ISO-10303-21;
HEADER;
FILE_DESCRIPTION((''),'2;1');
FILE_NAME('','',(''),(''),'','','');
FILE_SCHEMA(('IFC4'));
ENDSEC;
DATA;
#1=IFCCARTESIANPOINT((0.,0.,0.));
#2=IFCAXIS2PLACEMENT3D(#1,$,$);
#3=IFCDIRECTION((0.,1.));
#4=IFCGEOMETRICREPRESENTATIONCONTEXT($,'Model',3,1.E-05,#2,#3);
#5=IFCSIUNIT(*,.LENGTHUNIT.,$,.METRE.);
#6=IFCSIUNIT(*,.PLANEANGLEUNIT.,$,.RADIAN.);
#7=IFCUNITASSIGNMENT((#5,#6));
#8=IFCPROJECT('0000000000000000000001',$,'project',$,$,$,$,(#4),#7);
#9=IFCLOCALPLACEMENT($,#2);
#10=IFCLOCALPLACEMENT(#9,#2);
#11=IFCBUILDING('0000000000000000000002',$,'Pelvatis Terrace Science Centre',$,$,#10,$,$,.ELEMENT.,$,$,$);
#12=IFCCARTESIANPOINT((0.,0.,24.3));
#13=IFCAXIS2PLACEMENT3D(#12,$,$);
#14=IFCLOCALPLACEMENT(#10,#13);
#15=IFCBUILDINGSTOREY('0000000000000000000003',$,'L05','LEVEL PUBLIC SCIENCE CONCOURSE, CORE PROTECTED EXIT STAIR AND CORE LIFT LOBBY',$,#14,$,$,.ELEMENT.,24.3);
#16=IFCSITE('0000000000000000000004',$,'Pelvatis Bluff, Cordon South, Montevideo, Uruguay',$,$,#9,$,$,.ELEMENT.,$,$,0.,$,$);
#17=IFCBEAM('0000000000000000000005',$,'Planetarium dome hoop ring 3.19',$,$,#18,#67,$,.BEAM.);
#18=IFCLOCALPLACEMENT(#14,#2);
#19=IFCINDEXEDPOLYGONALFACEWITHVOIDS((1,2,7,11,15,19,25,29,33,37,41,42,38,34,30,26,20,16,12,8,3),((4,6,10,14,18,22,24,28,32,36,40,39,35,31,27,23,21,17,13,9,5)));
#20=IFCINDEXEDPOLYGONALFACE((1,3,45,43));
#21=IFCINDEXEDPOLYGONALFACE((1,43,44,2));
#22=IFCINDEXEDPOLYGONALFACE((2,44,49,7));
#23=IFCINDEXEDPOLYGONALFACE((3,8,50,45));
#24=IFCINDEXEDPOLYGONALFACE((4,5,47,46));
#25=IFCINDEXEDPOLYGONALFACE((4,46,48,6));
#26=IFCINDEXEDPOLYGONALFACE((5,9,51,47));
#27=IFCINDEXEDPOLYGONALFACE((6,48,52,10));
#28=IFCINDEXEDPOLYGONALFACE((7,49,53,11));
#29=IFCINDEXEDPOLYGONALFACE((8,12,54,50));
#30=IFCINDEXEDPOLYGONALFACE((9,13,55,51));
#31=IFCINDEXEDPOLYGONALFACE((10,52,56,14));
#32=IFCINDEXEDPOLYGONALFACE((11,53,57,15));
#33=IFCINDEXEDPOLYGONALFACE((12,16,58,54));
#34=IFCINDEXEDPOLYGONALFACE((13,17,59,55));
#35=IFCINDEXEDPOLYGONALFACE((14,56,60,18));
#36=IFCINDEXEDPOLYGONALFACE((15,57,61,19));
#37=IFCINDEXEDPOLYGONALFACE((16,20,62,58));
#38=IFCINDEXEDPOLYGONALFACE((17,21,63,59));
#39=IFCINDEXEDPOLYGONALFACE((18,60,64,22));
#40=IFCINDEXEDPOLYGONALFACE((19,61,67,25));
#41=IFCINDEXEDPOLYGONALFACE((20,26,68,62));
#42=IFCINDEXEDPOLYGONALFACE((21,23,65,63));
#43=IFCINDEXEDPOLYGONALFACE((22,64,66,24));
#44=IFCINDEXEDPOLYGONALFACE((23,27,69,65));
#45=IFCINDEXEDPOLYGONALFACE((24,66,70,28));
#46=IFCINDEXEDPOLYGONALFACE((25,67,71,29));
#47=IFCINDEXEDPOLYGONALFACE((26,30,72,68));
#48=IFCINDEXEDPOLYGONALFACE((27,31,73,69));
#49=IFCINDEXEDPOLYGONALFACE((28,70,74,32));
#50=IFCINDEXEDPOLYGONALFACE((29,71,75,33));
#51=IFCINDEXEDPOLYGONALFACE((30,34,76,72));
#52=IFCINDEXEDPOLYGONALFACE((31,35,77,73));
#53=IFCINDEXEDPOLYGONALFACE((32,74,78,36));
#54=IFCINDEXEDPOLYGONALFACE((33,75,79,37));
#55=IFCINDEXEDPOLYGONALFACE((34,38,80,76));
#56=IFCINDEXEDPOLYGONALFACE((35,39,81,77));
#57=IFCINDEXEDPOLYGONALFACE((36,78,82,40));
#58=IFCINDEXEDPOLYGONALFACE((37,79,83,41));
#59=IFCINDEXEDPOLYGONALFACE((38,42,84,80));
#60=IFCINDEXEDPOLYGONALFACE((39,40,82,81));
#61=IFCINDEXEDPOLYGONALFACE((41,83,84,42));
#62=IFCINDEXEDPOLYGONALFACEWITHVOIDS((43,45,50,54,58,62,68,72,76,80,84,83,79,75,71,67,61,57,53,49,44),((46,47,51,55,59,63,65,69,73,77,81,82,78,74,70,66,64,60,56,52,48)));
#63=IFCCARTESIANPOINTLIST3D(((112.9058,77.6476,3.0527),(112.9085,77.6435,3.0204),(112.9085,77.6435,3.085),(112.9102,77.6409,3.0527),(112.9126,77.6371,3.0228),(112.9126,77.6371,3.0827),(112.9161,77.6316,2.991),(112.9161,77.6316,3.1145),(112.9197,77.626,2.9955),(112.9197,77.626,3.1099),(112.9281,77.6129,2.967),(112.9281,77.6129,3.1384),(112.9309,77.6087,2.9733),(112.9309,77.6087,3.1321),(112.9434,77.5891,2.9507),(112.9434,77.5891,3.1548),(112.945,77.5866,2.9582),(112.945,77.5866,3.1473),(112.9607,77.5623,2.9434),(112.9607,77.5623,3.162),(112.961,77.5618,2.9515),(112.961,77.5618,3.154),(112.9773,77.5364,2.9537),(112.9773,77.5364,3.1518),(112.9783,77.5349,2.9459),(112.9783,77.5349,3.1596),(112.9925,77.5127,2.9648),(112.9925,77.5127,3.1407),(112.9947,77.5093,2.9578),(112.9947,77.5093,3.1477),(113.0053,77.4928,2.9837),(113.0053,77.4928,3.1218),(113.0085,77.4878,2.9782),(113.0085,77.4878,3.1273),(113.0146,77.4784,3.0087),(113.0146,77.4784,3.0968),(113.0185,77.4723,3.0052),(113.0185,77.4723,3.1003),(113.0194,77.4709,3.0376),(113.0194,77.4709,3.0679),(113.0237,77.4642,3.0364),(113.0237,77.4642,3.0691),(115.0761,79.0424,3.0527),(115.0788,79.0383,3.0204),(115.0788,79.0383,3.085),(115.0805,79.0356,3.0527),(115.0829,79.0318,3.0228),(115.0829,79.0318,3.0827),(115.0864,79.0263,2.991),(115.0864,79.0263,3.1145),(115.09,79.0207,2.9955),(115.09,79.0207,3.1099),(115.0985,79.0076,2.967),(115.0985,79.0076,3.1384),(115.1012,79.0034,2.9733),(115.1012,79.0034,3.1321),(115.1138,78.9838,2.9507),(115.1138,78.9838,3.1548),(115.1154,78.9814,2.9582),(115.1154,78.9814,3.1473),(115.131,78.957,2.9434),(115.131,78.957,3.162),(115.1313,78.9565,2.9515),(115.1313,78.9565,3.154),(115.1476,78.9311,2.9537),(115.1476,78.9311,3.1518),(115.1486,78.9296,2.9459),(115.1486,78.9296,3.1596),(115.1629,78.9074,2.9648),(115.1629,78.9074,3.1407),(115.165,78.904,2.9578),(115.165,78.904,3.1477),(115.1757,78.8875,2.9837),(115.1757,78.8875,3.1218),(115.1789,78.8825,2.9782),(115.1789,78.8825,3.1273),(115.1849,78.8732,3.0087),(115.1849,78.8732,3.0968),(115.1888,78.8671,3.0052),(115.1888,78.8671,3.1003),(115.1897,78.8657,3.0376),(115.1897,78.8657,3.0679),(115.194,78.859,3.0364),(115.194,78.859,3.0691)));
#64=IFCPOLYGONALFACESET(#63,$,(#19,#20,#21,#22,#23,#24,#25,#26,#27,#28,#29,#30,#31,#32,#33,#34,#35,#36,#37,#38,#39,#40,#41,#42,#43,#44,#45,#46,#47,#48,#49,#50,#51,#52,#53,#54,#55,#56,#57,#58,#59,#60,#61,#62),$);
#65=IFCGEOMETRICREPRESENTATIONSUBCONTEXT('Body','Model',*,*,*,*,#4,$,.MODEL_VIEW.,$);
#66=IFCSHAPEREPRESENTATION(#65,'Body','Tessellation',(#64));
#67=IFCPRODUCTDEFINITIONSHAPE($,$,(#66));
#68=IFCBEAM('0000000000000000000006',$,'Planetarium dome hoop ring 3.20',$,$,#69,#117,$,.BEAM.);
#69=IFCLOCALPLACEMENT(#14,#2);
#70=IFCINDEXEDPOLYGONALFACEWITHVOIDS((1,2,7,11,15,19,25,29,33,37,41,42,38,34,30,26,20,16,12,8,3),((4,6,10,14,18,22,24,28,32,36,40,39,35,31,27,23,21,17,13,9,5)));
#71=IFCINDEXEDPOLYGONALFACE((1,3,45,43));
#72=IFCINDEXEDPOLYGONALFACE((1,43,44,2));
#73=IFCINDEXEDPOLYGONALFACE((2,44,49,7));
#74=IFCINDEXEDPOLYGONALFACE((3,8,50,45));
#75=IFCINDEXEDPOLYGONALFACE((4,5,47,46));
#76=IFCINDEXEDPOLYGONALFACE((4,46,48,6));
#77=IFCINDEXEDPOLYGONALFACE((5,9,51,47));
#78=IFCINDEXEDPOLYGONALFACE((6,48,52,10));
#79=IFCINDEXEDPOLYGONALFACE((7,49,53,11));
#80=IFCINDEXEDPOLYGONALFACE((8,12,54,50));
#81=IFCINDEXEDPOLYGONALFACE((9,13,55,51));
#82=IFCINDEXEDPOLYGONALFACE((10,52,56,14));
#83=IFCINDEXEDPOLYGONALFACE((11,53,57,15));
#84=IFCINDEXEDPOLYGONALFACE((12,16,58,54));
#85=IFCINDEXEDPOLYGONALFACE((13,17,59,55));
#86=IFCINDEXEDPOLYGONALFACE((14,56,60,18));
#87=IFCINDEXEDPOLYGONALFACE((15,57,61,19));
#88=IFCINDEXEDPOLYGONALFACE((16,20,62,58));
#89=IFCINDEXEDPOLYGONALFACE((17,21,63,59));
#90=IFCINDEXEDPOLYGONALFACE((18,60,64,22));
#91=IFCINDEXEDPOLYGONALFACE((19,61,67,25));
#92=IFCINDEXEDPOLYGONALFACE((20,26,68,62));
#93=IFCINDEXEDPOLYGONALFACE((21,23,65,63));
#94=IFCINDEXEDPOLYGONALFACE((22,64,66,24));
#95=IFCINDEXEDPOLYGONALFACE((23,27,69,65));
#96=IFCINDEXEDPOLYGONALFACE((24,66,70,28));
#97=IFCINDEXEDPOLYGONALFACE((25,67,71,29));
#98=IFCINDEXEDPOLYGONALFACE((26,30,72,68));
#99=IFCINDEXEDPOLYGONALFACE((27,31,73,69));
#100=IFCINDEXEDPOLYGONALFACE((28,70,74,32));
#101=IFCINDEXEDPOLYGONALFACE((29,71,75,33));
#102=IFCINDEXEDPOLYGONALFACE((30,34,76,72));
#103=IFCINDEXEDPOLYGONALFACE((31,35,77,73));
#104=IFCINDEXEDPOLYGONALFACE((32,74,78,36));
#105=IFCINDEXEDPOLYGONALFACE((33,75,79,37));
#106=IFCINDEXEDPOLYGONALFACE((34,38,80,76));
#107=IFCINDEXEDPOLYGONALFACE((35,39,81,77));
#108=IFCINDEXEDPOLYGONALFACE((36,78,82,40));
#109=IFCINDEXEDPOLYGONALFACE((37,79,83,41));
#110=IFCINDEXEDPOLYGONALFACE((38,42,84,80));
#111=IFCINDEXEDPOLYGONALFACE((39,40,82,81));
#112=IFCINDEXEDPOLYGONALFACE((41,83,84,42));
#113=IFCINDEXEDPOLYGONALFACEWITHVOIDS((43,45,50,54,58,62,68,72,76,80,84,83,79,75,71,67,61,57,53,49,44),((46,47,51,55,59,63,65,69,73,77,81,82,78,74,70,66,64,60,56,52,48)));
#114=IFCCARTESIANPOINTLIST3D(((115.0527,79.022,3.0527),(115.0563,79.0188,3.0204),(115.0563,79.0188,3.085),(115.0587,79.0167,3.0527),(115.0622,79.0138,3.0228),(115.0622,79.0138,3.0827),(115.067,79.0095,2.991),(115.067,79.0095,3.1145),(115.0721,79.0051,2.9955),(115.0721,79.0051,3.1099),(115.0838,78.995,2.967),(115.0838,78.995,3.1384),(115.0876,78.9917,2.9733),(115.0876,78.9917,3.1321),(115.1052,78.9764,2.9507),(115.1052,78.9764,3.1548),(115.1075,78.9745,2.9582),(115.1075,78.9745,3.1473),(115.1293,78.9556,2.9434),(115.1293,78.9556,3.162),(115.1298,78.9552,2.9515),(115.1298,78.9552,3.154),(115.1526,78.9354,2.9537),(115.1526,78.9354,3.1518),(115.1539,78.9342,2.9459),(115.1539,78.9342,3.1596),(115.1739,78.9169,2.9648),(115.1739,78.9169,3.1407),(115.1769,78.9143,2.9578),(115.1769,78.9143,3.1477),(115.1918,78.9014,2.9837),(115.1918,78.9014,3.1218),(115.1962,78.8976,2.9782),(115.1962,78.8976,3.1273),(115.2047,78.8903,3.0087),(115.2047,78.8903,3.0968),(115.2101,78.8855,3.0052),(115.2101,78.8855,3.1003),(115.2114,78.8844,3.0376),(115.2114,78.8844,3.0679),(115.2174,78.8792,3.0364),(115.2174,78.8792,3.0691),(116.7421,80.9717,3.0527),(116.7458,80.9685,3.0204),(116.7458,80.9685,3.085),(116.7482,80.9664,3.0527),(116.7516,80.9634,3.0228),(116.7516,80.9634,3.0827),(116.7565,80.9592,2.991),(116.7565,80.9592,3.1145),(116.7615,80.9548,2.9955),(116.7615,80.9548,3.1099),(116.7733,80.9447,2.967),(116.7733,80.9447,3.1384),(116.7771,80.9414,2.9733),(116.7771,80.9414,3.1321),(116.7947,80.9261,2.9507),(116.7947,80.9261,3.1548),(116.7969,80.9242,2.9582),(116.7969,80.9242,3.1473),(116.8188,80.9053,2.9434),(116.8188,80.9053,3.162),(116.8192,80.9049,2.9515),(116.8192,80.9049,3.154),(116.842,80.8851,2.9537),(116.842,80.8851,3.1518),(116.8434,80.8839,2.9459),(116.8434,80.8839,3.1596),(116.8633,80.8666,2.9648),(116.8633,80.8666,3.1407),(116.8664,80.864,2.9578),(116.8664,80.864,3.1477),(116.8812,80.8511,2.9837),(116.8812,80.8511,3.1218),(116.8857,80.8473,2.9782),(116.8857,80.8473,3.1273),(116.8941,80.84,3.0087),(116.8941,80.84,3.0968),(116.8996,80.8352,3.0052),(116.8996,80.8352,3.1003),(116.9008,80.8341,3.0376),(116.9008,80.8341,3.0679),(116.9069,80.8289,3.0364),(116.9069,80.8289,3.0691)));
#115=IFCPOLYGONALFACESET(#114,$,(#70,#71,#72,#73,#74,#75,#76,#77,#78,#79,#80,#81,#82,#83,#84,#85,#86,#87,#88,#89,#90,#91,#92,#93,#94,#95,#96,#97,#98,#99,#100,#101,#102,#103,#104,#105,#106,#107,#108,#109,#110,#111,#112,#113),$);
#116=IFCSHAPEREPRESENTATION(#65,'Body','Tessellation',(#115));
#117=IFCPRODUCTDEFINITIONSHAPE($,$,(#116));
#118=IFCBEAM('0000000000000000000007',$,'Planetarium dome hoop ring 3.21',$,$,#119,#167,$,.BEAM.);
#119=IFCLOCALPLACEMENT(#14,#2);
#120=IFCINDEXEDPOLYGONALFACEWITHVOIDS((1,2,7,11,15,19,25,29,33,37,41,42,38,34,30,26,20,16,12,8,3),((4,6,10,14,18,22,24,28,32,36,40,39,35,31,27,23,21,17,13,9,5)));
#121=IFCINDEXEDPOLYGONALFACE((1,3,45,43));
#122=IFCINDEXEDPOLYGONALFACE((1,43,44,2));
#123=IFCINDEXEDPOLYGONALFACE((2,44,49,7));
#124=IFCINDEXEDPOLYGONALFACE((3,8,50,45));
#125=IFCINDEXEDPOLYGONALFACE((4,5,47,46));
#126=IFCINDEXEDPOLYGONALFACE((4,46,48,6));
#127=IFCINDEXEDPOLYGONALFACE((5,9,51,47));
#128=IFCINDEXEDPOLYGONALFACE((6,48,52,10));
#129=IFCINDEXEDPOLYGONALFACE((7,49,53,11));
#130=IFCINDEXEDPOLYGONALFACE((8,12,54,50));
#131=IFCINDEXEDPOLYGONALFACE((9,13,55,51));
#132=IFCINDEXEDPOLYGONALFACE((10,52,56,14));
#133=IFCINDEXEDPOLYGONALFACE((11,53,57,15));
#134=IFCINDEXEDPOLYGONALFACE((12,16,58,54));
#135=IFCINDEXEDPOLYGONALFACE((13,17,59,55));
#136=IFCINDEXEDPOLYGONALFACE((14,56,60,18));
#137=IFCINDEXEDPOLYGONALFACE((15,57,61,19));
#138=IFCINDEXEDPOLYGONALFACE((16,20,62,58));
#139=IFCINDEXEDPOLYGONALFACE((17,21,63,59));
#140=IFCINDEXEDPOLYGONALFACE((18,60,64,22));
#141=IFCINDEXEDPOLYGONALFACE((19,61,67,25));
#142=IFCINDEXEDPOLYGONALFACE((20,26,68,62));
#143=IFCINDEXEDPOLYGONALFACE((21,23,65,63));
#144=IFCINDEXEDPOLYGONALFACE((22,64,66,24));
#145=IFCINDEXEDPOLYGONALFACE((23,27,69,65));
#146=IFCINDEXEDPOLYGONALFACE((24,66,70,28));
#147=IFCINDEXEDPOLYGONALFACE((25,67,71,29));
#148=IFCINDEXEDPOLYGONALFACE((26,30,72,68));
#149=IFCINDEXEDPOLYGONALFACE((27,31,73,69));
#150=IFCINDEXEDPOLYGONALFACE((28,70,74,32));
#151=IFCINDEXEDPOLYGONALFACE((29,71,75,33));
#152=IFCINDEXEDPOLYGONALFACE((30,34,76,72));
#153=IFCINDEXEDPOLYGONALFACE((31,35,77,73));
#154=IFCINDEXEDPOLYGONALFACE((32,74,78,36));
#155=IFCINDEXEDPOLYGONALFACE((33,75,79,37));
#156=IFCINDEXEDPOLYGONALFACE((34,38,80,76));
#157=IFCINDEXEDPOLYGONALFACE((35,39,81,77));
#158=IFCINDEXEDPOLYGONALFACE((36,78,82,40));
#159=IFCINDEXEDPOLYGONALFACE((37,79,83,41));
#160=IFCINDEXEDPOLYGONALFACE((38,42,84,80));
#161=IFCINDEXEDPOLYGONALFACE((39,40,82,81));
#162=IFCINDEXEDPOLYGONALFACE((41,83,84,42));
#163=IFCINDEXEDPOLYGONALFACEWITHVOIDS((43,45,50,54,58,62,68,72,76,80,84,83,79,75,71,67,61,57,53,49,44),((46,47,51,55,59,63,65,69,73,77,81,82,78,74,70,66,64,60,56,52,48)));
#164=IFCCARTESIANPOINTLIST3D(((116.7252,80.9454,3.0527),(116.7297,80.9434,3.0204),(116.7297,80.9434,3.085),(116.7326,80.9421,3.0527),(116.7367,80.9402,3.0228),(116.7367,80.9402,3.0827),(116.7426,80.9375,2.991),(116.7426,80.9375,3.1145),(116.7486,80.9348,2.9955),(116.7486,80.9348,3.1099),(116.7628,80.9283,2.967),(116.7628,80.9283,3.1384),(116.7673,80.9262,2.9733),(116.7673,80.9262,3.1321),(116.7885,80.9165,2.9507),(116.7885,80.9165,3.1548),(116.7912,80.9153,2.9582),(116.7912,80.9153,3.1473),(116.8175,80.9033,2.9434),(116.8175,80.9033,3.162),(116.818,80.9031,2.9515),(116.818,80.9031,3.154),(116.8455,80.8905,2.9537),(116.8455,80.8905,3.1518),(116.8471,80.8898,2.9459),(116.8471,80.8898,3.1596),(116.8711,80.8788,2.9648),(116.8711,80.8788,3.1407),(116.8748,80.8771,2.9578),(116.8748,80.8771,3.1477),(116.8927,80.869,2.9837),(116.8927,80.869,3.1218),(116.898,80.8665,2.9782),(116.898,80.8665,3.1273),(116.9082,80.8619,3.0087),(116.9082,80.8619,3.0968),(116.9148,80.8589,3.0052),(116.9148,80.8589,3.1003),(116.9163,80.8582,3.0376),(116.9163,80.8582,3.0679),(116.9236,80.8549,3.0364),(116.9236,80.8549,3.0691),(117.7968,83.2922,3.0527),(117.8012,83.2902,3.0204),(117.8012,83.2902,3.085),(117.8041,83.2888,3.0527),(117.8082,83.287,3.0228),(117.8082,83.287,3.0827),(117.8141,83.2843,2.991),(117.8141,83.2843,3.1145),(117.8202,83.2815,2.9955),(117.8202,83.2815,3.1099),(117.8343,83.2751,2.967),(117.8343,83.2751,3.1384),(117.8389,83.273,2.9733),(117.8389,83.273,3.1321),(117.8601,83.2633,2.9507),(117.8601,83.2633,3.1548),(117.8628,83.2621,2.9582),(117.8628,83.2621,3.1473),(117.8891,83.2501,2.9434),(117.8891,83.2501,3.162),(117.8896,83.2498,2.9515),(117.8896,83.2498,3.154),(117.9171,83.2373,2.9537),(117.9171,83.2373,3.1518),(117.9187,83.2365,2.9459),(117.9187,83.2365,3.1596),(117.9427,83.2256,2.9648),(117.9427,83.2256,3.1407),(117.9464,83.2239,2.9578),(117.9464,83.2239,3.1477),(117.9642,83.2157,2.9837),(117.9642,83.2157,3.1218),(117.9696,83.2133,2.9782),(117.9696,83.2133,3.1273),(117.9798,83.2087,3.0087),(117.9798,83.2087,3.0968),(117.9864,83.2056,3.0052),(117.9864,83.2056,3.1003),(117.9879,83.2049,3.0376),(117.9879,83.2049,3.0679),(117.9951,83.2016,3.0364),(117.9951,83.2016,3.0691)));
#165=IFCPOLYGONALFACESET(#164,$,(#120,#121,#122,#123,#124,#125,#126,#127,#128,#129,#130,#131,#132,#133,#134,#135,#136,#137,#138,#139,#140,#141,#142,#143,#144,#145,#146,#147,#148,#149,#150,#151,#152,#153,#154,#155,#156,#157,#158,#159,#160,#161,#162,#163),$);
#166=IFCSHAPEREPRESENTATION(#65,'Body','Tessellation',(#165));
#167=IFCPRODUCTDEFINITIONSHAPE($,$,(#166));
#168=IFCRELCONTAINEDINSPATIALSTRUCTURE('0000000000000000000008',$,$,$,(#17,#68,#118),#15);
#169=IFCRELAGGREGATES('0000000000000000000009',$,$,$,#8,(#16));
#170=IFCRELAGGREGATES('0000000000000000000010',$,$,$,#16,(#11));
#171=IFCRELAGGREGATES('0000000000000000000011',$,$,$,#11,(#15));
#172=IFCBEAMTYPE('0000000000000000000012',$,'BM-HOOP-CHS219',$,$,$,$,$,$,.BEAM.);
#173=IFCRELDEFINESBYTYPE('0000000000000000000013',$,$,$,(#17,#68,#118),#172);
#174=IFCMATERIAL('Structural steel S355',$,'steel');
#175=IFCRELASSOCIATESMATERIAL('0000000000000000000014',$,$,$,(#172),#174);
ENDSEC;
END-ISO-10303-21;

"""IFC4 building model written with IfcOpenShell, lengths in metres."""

from ifc_helpers import new_model, si_unit, direction, frame, origin, origin_2d, place, context, subcontext, project, spatial, hollow_circle, extrude, material, material_profile, profile_set, type_object, element, save


model = new_model("IFC4")

# Units and contexts
model_context = context("Model", 3, precision=1e-05, world=origin(), true_north=direction((0.0, 1.0)))
body_context = subcontext(model_context, "Body", "Model", "MODEL_VIEW")
ifc_project = project(units=[si_unit("LENGTHUNIT", "METRE"), si_unit("PLANEANGLEUNIT", "RADIAN")], contexts=[model_context])

# Site, building, storey
site_placement = place(None, origin())
site = spatial("IfcSite", under=ifc_project, at=site_placement, Name="Pelvatis Bluff, Cordon South, Montevideo, Uruguay", CompositionType="ELEMENT", RefElevation=0.0)
building_placement = place(site_placement, origin())
building = spatial("IfcBuilding", under=site, at=building_placement, Name="Pelvatis Terrace Science Centre", CompositionType="ELEMENT")
storey_placement = place(building_placement, frame((0.0, 0.0, 24.3)))
storey = spatial("IfcBuildingStorey", under=building, at=storey_placement, Name="L05", Description="LEVEL PUBLIC SCIENCE CONCOURSE, CORE PROTECTED EXIT STAIR AND CORE LIFT LOBBY", CompositionType="ELEMENT", Elevation=24.3)

# Beams
ifc_material_1 = material(Name="Structural steel S355", Category="steel")
ifc_material_profile_1 = material_profile(ifc_material_1, hollow_circle(Radius=0.1096, WallThickness=0.0081, at=origin_2d()), Name="CHS 219.1x8.0")
ifc_profile_set_1 = profile_set([ifc_material_profile_1], Name="Structural steel S355")
beam_type_1 = type_object("IfcBeamType", Name="BM-HOOP-CHS219", PredefinedType="BEAM", material=ifc_profile_set_1)
for number, where, z_axis, x_axis, name in (
    (1, (112.9651, 77.5554, 3.0527), (0.841265, 0.540624, 0.0), (-0.540624, 0.841265, 0.0), "Planetarium dome hoop ring 3.19"),
    (2, (115.1355, 78.9502, 3.0527), (0.654866, 0.755745, 0.0), (-0.755745, 0.654866, 0.0), "Planetarium dome hoop ring 3.20"),
    (3, (116.825, 80.8999, 3.0527), (0.415364, 0.909655, 0.0), (-0.909655, 0.415364, 0.0), "Planetarium dome hoop ring 3.21"),
):
    element("IfcBeam", number, at=place(storey_placement, frame(where, z_axis=z_axis, x_axis=x_axis)), inside=storey, type_object=beam_type_1, Name=name, PredefinedType="BEAM", context=body_context, shape_type="SweptSolid", body=[
        extrude(hollow_circle(Radius=0.1096, WallThickness=0.0081, at=origin_2d()), origin(), (0.0, 0.0, 1.0), 2.5798),
    ])

save(model, "model.ifc")
